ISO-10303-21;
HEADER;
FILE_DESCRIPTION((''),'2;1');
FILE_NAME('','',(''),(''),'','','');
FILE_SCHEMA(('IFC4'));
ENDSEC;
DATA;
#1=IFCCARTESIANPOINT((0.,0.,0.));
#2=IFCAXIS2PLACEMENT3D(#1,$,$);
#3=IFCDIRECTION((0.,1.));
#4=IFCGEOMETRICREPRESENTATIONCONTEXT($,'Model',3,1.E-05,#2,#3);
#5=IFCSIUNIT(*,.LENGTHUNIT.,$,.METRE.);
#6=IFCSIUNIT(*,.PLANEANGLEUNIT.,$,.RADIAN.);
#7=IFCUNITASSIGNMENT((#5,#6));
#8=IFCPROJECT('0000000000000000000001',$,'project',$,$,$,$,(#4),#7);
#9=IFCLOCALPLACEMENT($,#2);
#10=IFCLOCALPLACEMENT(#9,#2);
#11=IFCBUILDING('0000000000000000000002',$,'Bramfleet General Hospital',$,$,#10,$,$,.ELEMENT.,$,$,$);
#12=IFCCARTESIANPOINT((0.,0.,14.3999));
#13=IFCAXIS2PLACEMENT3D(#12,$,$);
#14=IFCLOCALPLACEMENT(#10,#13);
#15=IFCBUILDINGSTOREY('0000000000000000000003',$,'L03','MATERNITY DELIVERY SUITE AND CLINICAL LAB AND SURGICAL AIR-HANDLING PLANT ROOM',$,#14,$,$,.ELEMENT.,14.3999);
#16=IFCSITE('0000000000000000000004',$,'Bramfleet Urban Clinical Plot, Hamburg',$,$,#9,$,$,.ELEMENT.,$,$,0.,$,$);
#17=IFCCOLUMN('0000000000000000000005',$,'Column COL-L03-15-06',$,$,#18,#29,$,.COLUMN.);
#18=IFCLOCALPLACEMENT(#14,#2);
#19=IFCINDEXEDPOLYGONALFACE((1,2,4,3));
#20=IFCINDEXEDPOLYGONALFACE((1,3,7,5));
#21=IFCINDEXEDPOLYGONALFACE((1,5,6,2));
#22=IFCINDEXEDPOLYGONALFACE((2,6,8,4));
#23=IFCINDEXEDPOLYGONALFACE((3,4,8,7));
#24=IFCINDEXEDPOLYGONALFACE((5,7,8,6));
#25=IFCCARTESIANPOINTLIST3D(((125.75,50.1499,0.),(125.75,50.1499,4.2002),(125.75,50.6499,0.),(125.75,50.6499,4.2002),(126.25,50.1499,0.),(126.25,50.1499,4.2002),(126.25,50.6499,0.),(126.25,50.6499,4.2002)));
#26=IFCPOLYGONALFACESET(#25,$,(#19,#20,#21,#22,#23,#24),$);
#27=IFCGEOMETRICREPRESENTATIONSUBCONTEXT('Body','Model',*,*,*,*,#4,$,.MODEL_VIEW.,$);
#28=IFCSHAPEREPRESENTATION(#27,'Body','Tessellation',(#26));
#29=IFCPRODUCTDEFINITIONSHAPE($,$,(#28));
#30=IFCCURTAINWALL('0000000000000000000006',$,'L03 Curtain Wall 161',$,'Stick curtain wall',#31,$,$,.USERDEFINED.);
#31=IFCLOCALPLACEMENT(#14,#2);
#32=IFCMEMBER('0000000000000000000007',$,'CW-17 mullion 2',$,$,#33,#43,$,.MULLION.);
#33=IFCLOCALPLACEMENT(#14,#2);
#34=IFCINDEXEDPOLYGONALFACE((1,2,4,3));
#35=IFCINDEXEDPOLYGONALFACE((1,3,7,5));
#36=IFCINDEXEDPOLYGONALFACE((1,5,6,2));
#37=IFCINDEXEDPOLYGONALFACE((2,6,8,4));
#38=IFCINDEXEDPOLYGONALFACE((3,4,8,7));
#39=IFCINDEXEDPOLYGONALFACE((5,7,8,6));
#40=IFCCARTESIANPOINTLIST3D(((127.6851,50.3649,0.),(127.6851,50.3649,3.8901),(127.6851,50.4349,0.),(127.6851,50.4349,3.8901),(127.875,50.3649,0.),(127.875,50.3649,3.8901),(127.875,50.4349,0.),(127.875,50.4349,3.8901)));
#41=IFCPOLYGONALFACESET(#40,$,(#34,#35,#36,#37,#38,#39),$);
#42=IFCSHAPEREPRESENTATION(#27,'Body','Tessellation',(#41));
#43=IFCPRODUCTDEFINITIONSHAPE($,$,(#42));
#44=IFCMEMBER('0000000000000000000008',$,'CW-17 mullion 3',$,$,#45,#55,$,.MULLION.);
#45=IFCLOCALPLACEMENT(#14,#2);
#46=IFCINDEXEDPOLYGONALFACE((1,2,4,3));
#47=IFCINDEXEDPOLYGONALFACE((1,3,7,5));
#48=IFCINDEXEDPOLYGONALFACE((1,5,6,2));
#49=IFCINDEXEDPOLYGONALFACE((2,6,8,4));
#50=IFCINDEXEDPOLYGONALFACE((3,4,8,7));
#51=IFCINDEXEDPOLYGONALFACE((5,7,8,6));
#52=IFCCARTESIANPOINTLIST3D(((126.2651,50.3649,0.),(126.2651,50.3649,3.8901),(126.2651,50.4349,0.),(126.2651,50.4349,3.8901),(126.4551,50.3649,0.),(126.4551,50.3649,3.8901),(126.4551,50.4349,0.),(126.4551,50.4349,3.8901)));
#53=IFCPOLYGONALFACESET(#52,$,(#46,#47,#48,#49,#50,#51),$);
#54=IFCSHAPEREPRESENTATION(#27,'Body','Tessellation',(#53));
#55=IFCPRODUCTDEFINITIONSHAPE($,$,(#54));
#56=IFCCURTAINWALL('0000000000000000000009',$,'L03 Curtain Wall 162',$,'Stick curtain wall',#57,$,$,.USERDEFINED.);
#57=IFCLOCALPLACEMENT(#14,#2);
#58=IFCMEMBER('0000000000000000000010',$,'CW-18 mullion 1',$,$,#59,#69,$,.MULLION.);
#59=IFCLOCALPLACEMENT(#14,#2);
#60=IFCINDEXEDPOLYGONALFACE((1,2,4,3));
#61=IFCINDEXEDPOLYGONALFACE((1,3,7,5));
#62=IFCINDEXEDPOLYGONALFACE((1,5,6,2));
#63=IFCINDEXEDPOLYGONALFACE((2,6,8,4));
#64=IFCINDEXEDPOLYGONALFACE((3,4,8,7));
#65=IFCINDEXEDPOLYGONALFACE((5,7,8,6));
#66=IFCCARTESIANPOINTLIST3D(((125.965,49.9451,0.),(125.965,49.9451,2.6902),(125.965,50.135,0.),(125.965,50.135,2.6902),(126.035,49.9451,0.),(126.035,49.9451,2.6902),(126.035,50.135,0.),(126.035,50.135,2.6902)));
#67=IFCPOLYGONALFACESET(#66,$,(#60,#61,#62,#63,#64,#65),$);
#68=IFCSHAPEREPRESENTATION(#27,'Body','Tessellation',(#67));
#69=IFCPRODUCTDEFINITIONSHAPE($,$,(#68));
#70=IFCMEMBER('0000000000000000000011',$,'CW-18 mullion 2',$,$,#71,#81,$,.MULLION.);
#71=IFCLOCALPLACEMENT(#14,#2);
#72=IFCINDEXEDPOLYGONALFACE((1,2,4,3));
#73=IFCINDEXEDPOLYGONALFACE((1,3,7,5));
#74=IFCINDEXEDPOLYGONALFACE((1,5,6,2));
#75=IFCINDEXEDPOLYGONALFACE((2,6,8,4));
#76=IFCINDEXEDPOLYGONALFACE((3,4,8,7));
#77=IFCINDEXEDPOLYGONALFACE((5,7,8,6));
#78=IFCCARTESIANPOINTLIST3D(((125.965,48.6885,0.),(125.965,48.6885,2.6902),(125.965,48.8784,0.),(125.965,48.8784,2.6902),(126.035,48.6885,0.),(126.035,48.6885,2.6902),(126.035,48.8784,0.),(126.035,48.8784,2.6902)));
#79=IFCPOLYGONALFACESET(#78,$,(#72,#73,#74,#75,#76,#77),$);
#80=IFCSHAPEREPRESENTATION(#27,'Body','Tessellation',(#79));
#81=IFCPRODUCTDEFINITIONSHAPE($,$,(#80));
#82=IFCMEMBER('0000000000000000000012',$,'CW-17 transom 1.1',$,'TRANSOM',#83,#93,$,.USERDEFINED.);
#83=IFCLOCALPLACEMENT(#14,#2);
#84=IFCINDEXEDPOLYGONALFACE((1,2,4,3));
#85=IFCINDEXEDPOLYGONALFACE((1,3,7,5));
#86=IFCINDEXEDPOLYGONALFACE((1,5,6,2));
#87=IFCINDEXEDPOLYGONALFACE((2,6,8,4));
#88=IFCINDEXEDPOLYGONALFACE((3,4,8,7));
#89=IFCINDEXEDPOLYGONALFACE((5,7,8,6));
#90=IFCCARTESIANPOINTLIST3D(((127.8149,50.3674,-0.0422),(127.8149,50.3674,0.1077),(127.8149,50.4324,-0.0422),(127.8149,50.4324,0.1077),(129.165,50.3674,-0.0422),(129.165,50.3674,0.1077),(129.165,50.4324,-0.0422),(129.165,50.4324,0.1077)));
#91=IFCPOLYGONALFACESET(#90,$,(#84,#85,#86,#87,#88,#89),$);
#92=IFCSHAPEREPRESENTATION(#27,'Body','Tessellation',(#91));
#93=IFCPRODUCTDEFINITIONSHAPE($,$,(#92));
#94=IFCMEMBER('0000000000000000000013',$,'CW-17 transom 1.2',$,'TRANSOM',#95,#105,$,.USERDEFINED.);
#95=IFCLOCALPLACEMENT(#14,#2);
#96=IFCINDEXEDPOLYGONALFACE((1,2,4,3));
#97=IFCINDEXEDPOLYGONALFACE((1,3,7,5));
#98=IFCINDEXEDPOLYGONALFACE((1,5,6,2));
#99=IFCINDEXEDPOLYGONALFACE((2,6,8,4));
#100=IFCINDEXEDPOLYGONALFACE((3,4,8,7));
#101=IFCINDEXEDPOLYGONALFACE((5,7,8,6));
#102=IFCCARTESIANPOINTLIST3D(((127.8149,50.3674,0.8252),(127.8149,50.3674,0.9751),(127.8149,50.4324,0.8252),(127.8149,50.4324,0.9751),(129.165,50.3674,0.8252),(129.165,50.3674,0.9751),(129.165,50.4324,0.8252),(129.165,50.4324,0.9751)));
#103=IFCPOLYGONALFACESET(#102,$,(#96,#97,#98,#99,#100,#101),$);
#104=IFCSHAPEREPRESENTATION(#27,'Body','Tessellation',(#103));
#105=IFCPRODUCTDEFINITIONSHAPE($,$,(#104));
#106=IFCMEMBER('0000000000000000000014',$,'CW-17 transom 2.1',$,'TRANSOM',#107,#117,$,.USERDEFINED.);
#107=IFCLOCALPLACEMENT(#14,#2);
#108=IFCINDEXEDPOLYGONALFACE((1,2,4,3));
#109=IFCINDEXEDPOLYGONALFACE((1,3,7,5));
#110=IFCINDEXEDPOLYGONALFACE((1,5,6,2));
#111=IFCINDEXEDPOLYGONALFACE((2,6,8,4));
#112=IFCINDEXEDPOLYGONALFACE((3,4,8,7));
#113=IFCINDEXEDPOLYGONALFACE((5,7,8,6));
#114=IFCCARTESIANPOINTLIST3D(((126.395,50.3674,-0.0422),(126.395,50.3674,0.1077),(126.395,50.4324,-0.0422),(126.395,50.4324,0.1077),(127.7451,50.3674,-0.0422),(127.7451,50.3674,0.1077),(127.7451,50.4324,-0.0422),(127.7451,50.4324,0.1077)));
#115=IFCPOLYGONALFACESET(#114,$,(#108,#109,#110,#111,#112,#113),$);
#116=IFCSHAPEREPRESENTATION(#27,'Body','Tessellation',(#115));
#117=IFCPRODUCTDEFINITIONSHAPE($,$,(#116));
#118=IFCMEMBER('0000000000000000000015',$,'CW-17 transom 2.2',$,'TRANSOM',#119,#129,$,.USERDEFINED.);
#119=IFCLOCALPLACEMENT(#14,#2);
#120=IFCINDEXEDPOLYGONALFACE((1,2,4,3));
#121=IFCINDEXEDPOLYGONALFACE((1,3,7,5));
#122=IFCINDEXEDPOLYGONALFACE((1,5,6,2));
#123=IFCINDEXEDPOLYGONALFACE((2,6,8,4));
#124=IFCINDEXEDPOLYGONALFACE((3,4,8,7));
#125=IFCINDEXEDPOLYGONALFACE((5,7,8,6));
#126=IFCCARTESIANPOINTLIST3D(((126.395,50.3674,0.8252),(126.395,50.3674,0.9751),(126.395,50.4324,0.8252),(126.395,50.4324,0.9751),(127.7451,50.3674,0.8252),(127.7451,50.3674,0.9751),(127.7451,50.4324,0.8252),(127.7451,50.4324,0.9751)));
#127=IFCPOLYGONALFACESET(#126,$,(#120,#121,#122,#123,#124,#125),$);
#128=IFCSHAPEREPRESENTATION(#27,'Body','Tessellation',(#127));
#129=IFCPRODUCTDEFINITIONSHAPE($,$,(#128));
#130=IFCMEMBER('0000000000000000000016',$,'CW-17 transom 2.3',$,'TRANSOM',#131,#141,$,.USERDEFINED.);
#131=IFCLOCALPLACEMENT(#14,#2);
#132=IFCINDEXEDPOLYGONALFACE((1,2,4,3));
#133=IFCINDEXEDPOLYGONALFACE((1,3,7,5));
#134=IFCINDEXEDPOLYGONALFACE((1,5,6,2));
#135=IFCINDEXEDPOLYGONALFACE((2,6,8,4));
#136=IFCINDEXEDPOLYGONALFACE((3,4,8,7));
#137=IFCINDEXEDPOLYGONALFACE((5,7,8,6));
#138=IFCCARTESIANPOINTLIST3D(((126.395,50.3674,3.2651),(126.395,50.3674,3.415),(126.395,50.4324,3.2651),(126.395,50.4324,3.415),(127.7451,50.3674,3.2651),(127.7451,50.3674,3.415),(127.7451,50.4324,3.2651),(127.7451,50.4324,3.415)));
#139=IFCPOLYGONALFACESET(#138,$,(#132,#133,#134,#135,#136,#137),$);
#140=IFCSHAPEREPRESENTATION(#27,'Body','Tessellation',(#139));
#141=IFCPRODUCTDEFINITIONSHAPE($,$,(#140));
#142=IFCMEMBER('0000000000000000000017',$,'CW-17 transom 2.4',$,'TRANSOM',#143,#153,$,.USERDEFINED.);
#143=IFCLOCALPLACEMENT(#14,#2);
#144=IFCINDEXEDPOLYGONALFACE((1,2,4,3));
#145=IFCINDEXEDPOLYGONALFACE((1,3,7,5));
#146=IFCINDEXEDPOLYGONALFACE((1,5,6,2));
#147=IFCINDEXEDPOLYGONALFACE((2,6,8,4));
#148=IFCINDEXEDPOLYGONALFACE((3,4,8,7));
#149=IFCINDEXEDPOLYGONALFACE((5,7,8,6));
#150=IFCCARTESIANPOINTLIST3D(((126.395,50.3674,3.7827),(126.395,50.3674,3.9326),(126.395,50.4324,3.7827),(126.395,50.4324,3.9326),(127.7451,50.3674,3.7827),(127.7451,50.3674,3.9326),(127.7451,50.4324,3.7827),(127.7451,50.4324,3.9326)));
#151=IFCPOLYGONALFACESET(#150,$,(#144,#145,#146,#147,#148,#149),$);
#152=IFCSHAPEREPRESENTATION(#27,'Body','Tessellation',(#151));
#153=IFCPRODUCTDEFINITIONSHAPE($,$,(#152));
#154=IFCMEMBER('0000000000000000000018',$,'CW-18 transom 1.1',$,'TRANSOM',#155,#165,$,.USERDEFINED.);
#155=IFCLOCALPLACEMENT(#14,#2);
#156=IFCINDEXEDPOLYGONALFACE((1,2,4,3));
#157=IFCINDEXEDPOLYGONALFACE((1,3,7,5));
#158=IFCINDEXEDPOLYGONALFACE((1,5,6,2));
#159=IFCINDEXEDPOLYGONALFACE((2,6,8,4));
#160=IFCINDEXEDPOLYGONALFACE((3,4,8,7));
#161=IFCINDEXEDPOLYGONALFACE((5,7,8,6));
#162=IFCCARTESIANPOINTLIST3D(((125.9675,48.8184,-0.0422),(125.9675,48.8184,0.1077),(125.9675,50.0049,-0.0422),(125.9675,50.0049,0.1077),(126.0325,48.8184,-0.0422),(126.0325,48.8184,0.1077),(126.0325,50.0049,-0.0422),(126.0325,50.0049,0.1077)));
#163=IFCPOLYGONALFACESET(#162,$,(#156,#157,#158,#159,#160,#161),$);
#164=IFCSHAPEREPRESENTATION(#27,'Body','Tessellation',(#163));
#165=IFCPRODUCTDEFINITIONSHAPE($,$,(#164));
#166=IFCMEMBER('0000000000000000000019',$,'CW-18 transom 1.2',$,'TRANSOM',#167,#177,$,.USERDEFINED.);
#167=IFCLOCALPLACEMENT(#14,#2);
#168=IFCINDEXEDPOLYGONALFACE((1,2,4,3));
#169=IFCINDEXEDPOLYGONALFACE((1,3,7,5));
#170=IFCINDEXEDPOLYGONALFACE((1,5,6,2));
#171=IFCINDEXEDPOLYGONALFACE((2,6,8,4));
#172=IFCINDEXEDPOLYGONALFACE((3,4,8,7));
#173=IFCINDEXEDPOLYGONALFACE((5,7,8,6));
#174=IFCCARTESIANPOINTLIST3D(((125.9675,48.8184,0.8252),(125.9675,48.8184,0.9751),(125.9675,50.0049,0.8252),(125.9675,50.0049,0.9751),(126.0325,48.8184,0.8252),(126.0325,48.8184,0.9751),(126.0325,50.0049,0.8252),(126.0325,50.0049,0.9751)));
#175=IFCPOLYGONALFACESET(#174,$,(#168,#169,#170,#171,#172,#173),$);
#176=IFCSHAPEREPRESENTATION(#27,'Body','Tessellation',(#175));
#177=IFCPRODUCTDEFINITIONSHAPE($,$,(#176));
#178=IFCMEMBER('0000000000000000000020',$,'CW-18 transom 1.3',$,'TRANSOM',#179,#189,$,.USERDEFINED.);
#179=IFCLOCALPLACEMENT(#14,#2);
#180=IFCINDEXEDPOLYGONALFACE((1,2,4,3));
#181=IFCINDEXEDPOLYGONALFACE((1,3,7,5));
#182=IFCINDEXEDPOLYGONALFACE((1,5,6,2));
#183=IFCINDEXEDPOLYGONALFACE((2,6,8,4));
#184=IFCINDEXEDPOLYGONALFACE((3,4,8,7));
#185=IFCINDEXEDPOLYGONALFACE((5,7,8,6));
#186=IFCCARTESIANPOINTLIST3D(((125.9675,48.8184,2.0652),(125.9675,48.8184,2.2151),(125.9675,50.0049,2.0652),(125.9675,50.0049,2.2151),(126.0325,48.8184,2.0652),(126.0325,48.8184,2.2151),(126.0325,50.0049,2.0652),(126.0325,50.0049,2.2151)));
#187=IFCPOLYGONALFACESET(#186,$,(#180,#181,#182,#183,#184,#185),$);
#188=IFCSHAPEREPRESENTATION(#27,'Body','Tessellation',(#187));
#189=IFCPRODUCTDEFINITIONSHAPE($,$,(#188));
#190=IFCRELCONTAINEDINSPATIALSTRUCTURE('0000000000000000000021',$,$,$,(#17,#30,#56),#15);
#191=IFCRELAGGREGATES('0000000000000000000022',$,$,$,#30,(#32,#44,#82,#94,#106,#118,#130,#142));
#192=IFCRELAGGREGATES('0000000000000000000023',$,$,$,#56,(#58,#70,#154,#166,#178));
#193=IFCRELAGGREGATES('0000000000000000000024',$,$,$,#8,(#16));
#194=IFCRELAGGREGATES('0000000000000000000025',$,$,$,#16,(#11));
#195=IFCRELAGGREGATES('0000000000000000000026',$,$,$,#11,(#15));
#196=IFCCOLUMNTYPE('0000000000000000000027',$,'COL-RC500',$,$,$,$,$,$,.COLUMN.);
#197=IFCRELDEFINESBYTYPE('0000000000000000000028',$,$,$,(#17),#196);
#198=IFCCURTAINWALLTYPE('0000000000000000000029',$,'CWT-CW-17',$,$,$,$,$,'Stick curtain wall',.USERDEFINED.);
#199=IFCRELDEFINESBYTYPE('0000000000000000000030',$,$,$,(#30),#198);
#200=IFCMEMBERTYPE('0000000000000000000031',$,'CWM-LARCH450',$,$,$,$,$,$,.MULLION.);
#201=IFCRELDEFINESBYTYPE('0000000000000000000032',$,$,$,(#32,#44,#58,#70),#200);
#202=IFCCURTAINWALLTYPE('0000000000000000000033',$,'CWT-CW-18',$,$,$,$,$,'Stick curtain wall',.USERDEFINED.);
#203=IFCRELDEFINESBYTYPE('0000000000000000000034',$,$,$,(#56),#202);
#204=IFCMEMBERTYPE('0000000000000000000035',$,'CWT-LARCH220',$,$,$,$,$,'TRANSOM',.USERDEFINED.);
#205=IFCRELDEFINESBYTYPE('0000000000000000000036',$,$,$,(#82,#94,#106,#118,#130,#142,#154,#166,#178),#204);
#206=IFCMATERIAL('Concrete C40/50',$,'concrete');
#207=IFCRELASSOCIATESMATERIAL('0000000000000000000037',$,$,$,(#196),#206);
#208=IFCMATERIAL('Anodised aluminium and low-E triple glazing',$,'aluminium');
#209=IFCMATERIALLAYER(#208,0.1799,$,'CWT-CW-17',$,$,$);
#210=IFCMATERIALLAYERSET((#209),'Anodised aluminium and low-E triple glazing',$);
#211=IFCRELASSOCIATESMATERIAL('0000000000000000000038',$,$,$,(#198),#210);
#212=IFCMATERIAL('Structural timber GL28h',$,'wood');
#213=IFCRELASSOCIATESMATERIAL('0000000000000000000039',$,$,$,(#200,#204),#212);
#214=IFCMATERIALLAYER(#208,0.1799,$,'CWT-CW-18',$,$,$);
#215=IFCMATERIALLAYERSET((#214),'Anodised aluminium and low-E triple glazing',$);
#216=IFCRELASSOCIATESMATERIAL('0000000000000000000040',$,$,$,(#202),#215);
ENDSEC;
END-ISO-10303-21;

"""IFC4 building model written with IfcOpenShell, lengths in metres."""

from ifc_helpers import new_model, si_unit, direction, frame, origin, origin_2d, place, context, subcontext, project, spatial, rectangle, extrude, material, layer, layer_set, material_profile, profile_set, type_object, element, aggregate, save


model = new_model("IFC4")

# Units and contexts
model_context = context("Model", 3, precision=1e-05, world=origin(), true_north=direction((0.0, 1.0)))
body_context = subcontext(model_context, "Body", "Model", "MODEL_VIEW")
ifc_project = project(units=[si_unit("LENGTHUNIT", "METRE"), si_unit("PLANEANGLEUNIT", "RADIAN")], contexts=[model_context])

# Site, building, storey
site_placement = place(None, origin())
site = spatial("IfcSite", under=ifc_project, at=site_placement, Name="Bramfleet Urban Clinical Plot, Hamburg", CompositionType="ELEMENT", RefElevation=0.0)
building_placement = place(site_placement, origin())
building = spatial("IfcBuilding", under=site, at=building_placement, Name="Bramfleet General Hospital", CompositionType="ELEMENT")
storey_placement = place(building_placement, frame((0.0, 0.0, 14.3999)))
storey = spatial("IfcBuildingStorey", under=building, at=storey_placement, Name="L03", Description="MATERNITY DELIVERY SUITE AND CLINICAL LAB AND SURGICAL AIR-HANDLING PLANT ROOM", CompositionType="ELEMENT", Elevation=14.3999)

# Column
ifc_material_1 = material(Name="Concrete C40/50", Category="concrete")
ifc_material_profile_1 = material_profile(ifc_material_1, rectangle(XDim=0.5, YDim=0.5, at=origin_2d()), Name="RC COL 500x500")
ifc_profile_set_1 = profile_set([ifc_material_profile_1], Name="Concrete C40/50")
column_type = type_object("IfcColumnType", Name="COL-RC500", PredefinedType="COLUMN", material=ifc_profile_set_1)
column_placement = place(storey_placement, frame((126.0, 50.3999, 0.0), z_axis=(0.0, 0.0, 1.0), x_axis=(1.0, 0.0, 0.0)))
element("IfcColumn", 1, at=column_placement, inside=storey, type_object=column_type, Name="Column COL-L03-15-06", PredefinedType="COLUMN", context=body_context, shape_type="SweptSolid", body=[
    extrude(rectangle(XDim=0.5, YDim=0.5, at=origin_2d()), origin(), (0.0, 0.0, 1.0), 4.2002),
])

# Curtain walls, members
ifc_material_2 = material(Name="Anodised aluminium and low-E triple glazing", Category="aluminium")
ifc_layer_1 = layer(ifc_material_2, 0.1799, Name="CWT-CW-17")
ifc_layer_set_1 = layer_set([ifc_layer_1], Name="Anodised aluminium and low-E triple glazing")
curtain_wall_type_1 = type_object("IfcCurtainWallType", Name="CWT-CW-17", ElementType="Stick curtain wall", PredefinedType="USERDEFINED", material=ifc_layer_set_1)
curtain_wall_1_placement = place(storey_placement, origin())
curtain_wall_1 = element("IfcCurtainWall", 2, at=curtain_wall_1_placement, inside=storey, type_object=curtain_wall_type_1, Name="L03 Curtain Wall 161", ObjectType="Stick curtain wall", PredefinedType="USERDEFINED")
ifc_material_3 = material(Name="Structural timber GL28h", Category="wood")
ifc_material_profile_2 = material_profile(ifc_material_3, rectangle(XDim=0.0701, YDim=0.1899, at=origin_2d()), Name="LARCH 190x70")
ifc_profile_set_2 = profile_set([ifc_material_profile_2], Name="Structural timber GL28h")
member_type_1 = type_object("IfcMemberType", Name="CWM-LARCH450", PredefinedType="MULLION", material=ifc_profile_set_2)
member_1_placement = place(storey_placement, frame((127.78, 50.3999, 0.0), z_axis=(0.0, 0.0, 1.0), x_axis=(0.0, -1.0, 0.0)))
member_1 = element("IfcMember", 3, at=member_1_placement, type_object=member_type_1, Name="CW-17 mullion 2", PredefinedType="MULLION", context=body_context, shape_type="SweptSolid", body=[
    extrude(rectangle(XDim=0.0701, YDim=0.1899, at=origin_2d()), origin(), (0.0, 0.0, 1.0), 3.8901),
])
member_2_placement = place(storey_placement, frame((126.3601, 50.3999, 0.0), z_axis=(0.0, 0.0, 1.0), x_axis=(0.0, -1.0, 0.0)))
member_2 = element("IfcMember", 4, at=member_2_placement, type_object=member_type_1, Name="CW-17 mullion 3", PredefinedType="MULLION", context=body_context, shape_type="SweptSolid", body=[
    extrude(rectangle(XDim=0.0701, YDim=0.1899, at=origin_2d()), origin(), (0.0, 0.0, 1.0), 3.8901),
])
ifc_layer_2 = layer(ifc_material_2, 0.1799, Name="CWT-CW-18")
ifc_layer_set_2 = layer_set([ifc_layer_2], Name="Anodised aluminium and low-E triple glazing")
curtain_wall_type_2 = type_object("IfcCurtainWallType", Name="CWT-CW-18", ElementType="Stick curtain wall", PredefinedType="USERDEFINED", material=ifc_layer_set_2)
curtain_wall_2_placement = place(storey_placement, origin())
curtain_wall_2 = element("IfcCurtainWall", 5, at=curtain_wall_2_placement, inside=storey, type_object=curtain_wall_type_2, Name="L03 Curtain Wall 162", ObjectType="Stick curtain wall", PredefinedType="USERDEFINED")
member_3_placement = place(storey_placement, frame((126.0, 50.04, 0.0), z_axis=(0.0, 0.0, 1.0), x_axis=(1.0, 0.0, 0.0)))
member_3 = element("IfcMember", 6, at=member_3_placement, type_object=member_type_1, Name="CW-18 mullion 1", PredefinedType="MULLION", context=body_context, shape_type="SweptSolid", body=[
    extrude(rectangle(XDim=0.0701, YDim=0.1899, at=origin_2d()), origin(), (0.0, 0.0, 1.0), 2.6902),
])
member_4_placement = place(storey_placement, frame((126.0, 48.7834, 0.0), z_axis=(0.0, 0.0, 1.0), x_axis=(1.0, 0.0, 0.0)))
member_4 = element("IfcMember", 7, at=member_4_placement, type_object=member_type_1, Name="CW-18 mullion 2", PredefinedType="MULLION", context=body_context, shape_type="SweptSolid", body=[
    extrude(rectangle(XDim=0.0701, YDim=0.1899, at=origin_2d()), origin(), (0.0, 0.0, 1.0), 2.6902),
])

# Members
ifc_material_profile_3 = material_profile(ifc_material_3, rectangle(XDim=0.0649, YDim=0.1499, at=origin_2d()), Name="LARCH 150x65")
ifc_profile_set_3 = profile_set([ifc_material_profile_3], Name="Structural timber GL28h")
member_type_2 = type_object("IfcMemberType", Name="CWT-LARCH220", ElementType="TRANSOM", PredefinedType="USERDEFINED", material=ifc_profile_set_3)
member_5_placement = place(storey_placement, frame((129.165, 50.3999, 0.0327), z_axis=(-1.0, 0.0, 0.0), x_axis=(0.0, -1.0, 0.0)))
member_5 = element("IfcMember", 8, at=member_5_placement, type_object=member_type_2, Name="CW-17 transom 1.1", ObjectType="TRANSOM", PredefinedType="USERDEFINED", context=body_context, shape_type="SweptSolid", body=[
    extrude(rectangle(XDim=0.0649, YDim=0.1499, at=origin_2d()), origin(), (0.0, 0.0, 1.0), 1.3501),
])
member_6_placement = place(storey_placement, frame((129.165, 50.3999, 0.9001), z_axis=(-1.0, 0.0, 0.0), x_axis=(0.0, -1.0, 0.0)))
member_6 = element("IfcMember", 9, at=member_6_placement, type_object=member_type_2, Name="CW-17 transom 1.2", ObjectType="TRANSOM", PredefinedType="USERDEFINED", context=body_context, shape_type="SweptSolid", body=[
    extrude(rectangle(XDim=0.0649, YDim=0.1499, at=origin_2d()), origin(), (0.0, 0.0, 1.0), 1.3501),
])
member_7_placement = place(storey_placement, frame((127.7451, 50.3999, 0.0327), z_axis=(-1.0, 0.0, 0.0), x_axis=(0.0, -1.0, 0.0)))
member_7 = element("IfcMember", 10, at=member_7_placement, type_object=member_type_2, Name="CW-17 transom 2.1", ObjectType="TRANSOM", PredefinedType="USERDEFINED", context=body_context, shape_type="SweptSolid", body=[
    extrude(rectangle(XDim=0.0649, YDim=0.1499, at=origin_2d()), origin(), (0.0, 0.0, 1.0), 1.3501),
])
member_8_placement = place(storey_placement, frame((127.7451, 50.3999, 0.9001), z_axis=(-1.0, 0.0, 0.0), x_axis=(0.0, -1.0, 0.0)))
member_8 = element("IfcMember", 11, at=member_8_placement, type_object=member_type_2, Name="CW-17 transom 2.2", ObjectType="TRANSOM", PredefinedType="USERDEFINED", context=body_context, shape_type="SweptSolid", body=[
    extrude(rectangle(XDim=0.0649, YDim=0.1499, at=origin_2d()), origin(), (0.0, 0.0, 1.0), 1.3501),
])
member_9_placement = place(storey_placement, frame((127.7451, 50.3999, 3.3401), z_axis=(-1.0, 0.0, 0.0), x_axis=(0.0, -1.0, 0.0)))
member_9 = element("IfcMember", 12, at=member_9_placement, type_object=member_type_2, Name="CW-17 transom 2.3", ObjectType="TRANSOM", PredefinedType="USERDEFINED", context=body_context, shape_type="SweptSolid", body=[
    extrude(rectangle(XDim=0.0649, YDim=0.1499, at=origin_2d()), origin(), (0.0, 0.0, 1.0), 1.3501),
])
member_10_placement = place(storey_placement, frame((127.7451, 50.3999, 3.8577), z_axis=(-1.0, 0.0, 0.0), x_axis=(0.0, -1.0, 0.0)))
member_10 = element("IfcMember", 13, at=member_10_placement, type_object=member_type_2, Name="CW-17 transom 2.4", ObjectType="TRANSOM", PredefinedType="USERDEFINED", context=body_context, shape_type="SweptSolid", body=[
    extrude(rectangle(XDim=0.0649, YDim=0.1499, at=origin_2d()), origin(), (0.0, 0.0, 1.0), 1.3501),
])
member_11_placement = place(storey_placement, frame((126.0, 50.0049, 0.0327), z_axis=(0.0, -1.0, 0.0), x_axis=(1.0, 0.0, 0.0)))
member_11 = element("IfcMember", 14, at=member_11_placement, type_object=member_type_2, Name="CW-18 transom 1.1", ObjectType="TRANSOM", PredefinedType="USERDEFINED", context=body_context, shape_type="SweptSolid", body=[
    extrude(rectangle(XDim=0.0649, YDim=0.1499, at=origin_2d()), origin(), (0.0, 0.0, 1.0), 1.1865),
])
member_12_placement = place(storey_placement, frame((126.0, 50.0049, 0.9001), z_axis=(0.0, -1.0, 0.0), x_axis=(1.0, 0.0, 0.0)))
member_12 = element("IfcMember", 15, at=member_12_placement, type_object=member_type_2, Name="CW-18 transom 1.2", ObjectType="TRANSOM", PredefinedType="USERDEFINED", context=body_context, shape_type="SweptSolid", body=[
    extrude(rectangle(XDim=0.0649, YDim=0.1499, at=origin_2d()), origin(), (0.0, 0.0, 1.0), 1.1865),
])
member_13_placement = place(storey_placement, frame((126.0, 50.0049, 2.1401), z_axis=(0.0, -1.0, 0.0), x_axis=(1.0, 0.0, 0.0)))
member_13 = element("IfcMember", 16, at=member_13_placement, type_object=member_type_2, Name="CW-18 transom 1.3", ObjectType="TRANSOM", PredefinedType="USERDEFINED", context=body_context, shape_type="SweptSolid", body=[
    extrude(rectangle(XDim=0.0649, YDim=0.1499, at=origin_2d()), origin(), (0.0, 0.0, 1.0), 1.1865),
])

aggregate(curtain_wall_1, [member_1, member_2, member_5, member_6, member_7, member_8, member_9, member_10])
aggregate(curtain_wall_2, [member_3, member_4, member_11, member_12, member_13])

save(model, "model.ifc")
